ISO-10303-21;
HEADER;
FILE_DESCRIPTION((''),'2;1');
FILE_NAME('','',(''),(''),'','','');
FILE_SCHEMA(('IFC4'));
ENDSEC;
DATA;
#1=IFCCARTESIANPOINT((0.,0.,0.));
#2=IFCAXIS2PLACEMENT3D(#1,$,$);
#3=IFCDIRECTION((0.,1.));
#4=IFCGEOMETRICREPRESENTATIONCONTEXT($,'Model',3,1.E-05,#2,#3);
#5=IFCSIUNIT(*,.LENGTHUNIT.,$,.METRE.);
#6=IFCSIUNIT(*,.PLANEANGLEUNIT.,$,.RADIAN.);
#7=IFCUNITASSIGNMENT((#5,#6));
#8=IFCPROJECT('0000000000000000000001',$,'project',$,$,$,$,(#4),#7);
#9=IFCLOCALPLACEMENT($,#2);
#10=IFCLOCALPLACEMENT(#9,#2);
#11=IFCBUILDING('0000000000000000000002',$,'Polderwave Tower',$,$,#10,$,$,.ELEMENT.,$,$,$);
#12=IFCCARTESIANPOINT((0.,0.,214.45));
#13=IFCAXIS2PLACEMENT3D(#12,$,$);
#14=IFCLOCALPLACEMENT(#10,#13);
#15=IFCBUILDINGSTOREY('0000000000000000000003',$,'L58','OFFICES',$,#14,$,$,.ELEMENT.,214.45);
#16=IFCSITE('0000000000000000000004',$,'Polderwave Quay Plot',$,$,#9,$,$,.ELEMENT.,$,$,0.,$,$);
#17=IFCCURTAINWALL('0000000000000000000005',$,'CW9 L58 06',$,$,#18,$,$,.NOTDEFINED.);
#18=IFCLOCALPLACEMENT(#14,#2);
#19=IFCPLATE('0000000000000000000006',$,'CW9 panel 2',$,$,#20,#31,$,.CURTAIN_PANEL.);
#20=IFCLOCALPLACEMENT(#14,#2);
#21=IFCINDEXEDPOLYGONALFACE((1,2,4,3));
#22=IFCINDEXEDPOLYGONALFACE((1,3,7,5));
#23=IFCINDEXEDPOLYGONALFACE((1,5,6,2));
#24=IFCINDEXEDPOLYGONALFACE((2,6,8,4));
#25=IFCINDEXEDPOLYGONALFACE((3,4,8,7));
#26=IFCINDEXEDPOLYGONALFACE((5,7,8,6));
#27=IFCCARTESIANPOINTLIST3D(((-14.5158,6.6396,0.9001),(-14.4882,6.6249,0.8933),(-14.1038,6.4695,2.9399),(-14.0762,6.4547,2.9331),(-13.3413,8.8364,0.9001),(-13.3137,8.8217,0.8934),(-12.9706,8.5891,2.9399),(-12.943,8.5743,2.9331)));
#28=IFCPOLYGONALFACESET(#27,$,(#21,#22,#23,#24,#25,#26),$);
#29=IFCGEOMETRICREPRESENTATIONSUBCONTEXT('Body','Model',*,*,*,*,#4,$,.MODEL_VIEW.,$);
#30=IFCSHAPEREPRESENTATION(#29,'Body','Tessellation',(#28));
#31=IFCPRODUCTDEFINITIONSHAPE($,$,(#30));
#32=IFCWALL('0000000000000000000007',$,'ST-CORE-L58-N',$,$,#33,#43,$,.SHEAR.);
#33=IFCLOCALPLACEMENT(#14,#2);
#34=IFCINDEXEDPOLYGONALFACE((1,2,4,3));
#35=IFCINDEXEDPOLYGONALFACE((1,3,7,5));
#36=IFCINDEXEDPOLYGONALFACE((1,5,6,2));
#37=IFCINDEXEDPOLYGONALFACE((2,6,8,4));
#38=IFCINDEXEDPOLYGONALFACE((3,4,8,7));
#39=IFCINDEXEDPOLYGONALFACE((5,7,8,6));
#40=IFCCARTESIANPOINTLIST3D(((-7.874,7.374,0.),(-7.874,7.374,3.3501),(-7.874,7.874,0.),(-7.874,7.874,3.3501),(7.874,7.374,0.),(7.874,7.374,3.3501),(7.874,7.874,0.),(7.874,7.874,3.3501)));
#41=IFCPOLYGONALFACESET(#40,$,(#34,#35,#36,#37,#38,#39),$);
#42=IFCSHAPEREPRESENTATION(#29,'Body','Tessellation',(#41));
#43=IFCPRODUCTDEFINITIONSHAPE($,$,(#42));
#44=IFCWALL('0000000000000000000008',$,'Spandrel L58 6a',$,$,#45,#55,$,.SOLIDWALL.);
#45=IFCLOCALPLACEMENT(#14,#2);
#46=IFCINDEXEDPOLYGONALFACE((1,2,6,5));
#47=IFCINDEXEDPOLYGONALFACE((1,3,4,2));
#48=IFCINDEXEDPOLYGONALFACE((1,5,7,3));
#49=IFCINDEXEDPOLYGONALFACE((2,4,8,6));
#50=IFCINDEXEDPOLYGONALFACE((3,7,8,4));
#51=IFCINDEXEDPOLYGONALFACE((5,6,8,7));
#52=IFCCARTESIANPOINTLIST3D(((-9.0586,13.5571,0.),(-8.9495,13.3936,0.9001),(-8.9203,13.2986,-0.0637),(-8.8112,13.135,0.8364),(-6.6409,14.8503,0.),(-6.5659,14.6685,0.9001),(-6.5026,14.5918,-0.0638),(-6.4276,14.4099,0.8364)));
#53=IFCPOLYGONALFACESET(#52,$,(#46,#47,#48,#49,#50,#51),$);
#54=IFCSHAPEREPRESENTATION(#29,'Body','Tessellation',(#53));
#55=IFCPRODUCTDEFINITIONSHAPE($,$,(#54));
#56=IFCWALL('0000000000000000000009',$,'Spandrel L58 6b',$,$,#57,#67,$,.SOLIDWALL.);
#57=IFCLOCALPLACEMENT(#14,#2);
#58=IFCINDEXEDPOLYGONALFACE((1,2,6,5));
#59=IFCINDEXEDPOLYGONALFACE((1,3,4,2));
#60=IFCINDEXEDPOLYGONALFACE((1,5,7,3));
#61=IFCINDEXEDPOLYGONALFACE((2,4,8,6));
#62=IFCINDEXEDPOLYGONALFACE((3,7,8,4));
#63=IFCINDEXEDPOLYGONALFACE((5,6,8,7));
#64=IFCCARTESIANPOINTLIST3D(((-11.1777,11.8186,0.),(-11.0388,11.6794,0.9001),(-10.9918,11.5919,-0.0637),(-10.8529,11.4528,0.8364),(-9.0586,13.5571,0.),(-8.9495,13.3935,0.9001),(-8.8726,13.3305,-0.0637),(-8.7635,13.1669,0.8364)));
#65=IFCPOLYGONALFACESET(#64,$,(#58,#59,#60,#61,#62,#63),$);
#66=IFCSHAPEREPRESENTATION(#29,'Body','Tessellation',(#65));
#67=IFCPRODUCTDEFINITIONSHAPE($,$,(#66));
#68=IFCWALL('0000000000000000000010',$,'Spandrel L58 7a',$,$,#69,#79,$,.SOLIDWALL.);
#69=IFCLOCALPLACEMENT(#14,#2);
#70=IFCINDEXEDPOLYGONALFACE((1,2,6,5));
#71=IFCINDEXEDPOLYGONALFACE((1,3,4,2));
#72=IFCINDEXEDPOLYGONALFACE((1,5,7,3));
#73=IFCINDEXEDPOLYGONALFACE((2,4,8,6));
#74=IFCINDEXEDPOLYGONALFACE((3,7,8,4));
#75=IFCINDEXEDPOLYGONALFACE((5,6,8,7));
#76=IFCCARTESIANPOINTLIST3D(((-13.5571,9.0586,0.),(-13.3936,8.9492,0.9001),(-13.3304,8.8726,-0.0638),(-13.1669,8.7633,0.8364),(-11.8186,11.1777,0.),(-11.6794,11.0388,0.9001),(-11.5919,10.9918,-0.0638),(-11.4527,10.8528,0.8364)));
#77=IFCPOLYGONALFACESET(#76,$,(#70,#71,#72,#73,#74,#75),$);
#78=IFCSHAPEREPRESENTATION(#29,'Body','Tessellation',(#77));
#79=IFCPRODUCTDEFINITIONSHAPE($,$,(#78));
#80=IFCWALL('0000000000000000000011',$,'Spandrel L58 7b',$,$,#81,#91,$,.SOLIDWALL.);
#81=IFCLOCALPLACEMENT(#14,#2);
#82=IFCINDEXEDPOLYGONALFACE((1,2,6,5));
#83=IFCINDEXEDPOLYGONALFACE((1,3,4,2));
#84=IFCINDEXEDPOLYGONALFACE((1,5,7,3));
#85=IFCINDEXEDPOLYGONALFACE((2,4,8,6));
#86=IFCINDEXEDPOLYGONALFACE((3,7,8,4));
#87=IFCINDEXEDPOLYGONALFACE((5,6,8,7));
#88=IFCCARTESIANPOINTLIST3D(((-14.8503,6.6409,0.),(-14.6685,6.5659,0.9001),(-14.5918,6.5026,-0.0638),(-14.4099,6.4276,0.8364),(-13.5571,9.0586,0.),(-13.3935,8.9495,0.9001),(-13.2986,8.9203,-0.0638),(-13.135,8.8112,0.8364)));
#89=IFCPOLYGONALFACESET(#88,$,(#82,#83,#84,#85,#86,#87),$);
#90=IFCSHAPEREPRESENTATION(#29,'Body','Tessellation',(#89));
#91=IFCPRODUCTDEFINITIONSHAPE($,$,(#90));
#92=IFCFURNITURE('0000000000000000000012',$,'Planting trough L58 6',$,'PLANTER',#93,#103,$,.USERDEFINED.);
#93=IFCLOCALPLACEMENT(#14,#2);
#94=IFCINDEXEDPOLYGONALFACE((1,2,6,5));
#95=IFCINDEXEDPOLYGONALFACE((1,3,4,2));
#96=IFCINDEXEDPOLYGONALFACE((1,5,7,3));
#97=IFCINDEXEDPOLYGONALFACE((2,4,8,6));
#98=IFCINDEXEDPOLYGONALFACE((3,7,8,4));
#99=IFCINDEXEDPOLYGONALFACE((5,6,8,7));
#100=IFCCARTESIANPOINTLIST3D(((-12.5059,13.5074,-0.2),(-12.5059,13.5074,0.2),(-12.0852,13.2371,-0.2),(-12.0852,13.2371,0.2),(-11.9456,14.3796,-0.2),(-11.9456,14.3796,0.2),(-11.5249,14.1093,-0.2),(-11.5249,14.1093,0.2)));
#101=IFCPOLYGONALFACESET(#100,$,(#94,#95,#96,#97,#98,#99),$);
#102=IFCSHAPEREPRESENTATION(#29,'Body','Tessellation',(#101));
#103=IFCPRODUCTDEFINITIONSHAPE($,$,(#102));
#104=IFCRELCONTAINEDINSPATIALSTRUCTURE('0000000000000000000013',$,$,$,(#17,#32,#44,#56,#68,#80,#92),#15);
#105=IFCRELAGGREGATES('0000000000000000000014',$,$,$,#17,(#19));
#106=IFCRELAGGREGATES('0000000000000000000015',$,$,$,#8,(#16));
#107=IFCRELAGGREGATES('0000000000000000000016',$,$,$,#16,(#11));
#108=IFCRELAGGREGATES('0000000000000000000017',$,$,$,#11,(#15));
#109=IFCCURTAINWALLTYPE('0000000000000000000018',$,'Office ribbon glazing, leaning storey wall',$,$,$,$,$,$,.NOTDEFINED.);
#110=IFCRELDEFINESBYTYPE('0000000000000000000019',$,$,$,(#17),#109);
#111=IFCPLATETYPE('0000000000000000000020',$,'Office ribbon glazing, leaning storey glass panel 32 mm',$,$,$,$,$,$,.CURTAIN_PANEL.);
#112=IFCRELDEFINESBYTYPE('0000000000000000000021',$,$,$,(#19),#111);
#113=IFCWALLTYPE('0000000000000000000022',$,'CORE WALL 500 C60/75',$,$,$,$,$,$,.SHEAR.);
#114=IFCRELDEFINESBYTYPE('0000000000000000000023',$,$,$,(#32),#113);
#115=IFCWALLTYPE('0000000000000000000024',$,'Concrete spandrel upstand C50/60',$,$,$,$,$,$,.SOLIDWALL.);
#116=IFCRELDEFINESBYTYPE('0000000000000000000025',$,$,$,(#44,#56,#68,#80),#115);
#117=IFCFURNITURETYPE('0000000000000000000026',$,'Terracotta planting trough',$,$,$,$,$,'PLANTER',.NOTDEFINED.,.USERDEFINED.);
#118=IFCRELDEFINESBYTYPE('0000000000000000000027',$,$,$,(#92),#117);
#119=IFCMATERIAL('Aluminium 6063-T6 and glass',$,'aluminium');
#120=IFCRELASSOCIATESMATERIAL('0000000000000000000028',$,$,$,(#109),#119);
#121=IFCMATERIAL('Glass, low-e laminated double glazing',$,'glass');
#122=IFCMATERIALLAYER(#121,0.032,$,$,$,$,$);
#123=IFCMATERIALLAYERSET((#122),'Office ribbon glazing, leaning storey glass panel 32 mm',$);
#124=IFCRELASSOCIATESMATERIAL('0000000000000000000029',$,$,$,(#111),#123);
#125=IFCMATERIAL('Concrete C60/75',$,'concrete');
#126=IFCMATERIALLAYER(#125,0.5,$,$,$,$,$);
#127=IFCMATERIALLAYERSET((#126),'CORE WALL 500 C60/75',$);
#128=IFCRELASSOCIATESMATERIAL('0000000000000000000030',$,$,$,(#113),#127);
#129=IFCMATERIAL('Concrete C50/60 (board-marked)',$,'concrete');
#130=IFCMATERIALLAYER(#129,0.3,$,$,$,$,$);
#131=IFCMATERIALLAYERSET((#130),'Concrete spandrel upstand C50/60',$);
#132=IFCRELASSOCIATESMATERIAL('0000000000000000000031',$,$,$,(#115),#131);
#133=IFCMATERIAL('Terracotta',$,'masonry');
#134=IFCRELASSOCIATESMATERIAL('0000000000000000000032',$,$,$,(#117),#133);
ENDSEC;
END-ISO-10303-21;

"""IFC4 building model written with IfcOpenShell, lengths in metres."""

from ifc_helpers import new_model, si_unit, direction, frame, frame_2d, origin, origin_2d, place, context, subcontext, project, spatial, polyline, rectangle, outline, extrude, material, layer, layer_set, type_object, element, aggregate, save


model = new_model("IFC4")

# Units and contexts
model_context = context("Model", 3, precision=1e-05, world=origin(), true_north=direction((0.0, 1.0)))
body_context = subcontext(model_context, "Body", "Model", "MODEL_VIEW")
ifc_project = project(units=[si_unit("LENGTHUNIT", "METRE"), si_unit("PLANEANGLEUNIT", "RADIAN")], contexts=[model_context])

# Site, building, storey
site_placement = place(None, origin())
site = spatial("IfcSite", under=ifc_project, at=site_placement, Name="Polderwave Quay Plot", CompositionType="ELEMENT", RefElevation=0.0)
building_placement = place(site_placement, origin())
building = spatial("IfcBuilding", under=site, at=building_placement, Name="Polderwave Tower", CompositionType="ELEMENT")
storey_placement = place(building_placement, frame((0.0, 0.0, 214.45)))
storey = spatial("IfcBuildingStorey", under=building, at=storey_placement, Name="L58", Description="OFFICES", CompositionType="ELEMENT", Elevation=214.45)

# Shared definitions
ifc_material_1 = material(Name="Concrete C60/75", Category="concrete")

# Curtain wall
ifc_material_2 = material(Name="Aluminium 6063-T6 and glass", Category="aluminium")
curtain_wall_type = type_object("IfcCurtainWallType", Name="Office ribbon glazing, leaning storey wall", PredefinedType="NOTDEFINED", material=ifc_material_2)
curtain_wall_1_placement = place(storey_placement, origin())
curtain_wall_1 = element("IfcCurtainWall", 1, at=curtain_wall_1_placement, inside=storey, type_object=curtain_wall_type, Name="CW9 L58 06", PredefinedType="NOTDEFINED")

# Plate
ifc_material_3 = material(Name="Glass, low-e laminated double glazing", Category="glass")
ifc_layer_1 = layer(ifc_material_3, 0.032)
ifc_layer_set_1 = layer_set([ifc_layer_1], Name="Office ribbon glazing, leaning storey glass panel 32 mm")
plate_type = type_object("IfcPlateType", Name="Office ribbon glazing, leaning storey glass panel 32 mm", PredefinedType="CURTAIN_PANEL", material=ifc_layer_set_1)
plate_1_placement = place(storey_placement, frame((-13.3413, 8.8364, 0.9001), z_axis=(-0.861745, 0.460702, 0.212481), x_axis=(-0.47147, -0.881882, -0.00001)))
plate_1 = element("IfcPlate", 2, at=plate_1_placement, type_object=plate_type, Name="CW9 panel 2", PredefinedType="CURTAIN_PANEL", context=body_context, shape_type="SweptSolid", body=[
    extrude(outline(polyline([(0.0, 0.0), (2.4911, 0.0), (2.4468, 2.0875), (0.0434, 2.0874), (0.0, 0.0)])), origin(), (0.0, 0.0, -1.0), 0.032),
])
aggregate(curtain_wall_1, [plate_1])

# Walls
ifc_layer_2 = layer(ifc_material_1, 0.5)
ifc_layer_set_2 = layer_set([ifc_layer_2], Name="CORE WALL 500 C60/75")
wall_type_1 = type_object("IfcWallType", Name="CORE WALL 500 C60/75", PredefinedType="SHEAR", material=ifc_layer_set_2)
wall_1_placement = place(storey_placement, frame((-7.874, 7.624, 0.0), z_axis=(0.0, 0.0, 1.0), x_axis=(1.0, 0.0, 0.0)))
element("IfcWall", 3, at=wall_1_placement, inside=storey, type_object=wall_type_1, Name="ST-CORE-L58-N", PredefinedType="SHEAR", context=body_context, shape_type="SweptSolid", body=[
    extrude(rectangle(XDim=15.748, YDim=0.5, at=frame_2d((7.874, 0.0))), origin(), (0.0, 0.0, 1.0), 3.3501),
])
ifc_material_4 = material(Name="Concrete C50/60 (board-marked)", Category="concrete")
ifc_layer_3 = layer(ifc_material_4, 0.3)
ifc_layer_set_3 = layer_set([ifc_layer_3], Name="Concrete spandrel upstand C50/60")
wall_type_2 = type_object("IfcWallType", Name="Concrete spandrel upstand C50/60", PredefinedType="SOLIDWALL", material=ifc_layer_set_3)
wall_2_placement = place(storey_placement, frame((-6.6409, 14.8503, 0.0), z_axis=(-0.460883, 0.861652, 0.212469), x_axis=(-0.881785, -0.471652, 0.000001)))
element("IfcWall", 4, at=wall_2_placement, inside=storey, type_object=wall_type_2, Name="Spandrel L58 6a", PredefinedType="SOLIDWALL", context=body_context, shape_type="SweptSolid", body=[
    extrude(outline(polyline([(0.0, 0.0), (2.7419, 0.0), (2.7228, 0.9212), (0.0197, 0.9212), (0.0, 0.0)])), origin(), (0.0, 0.0, -1.0), 0.3),
])
wall_3_placement = place(storey_placement, frame((-9.0586, 13.5571, 0.0), z_axis=(-0.619786, 0.755471, 0.212434), x_axis=(-0.773117, -0.634263, -0.000001)))
element("IfcWall", 5, at=wall_3_placement, inside=storey, type_object=wall_type_2, Name="Spandrel L58 6b", PredefinedType="SOLIDWALL", context=body_context, shape_type="SweptSolid", body=[
    extrude(outline(polyline([(0.0, 0.0), (2.741, 0.0), (2.7219, 0.9212), (0.0194, 0.9212), (0.0, 0.0)])), origin(), (0.0, 0.0, -1.0), 0.3),
])
wall_4_placement = place(storey_placement, frame((-11.8186, 11.1777, 0.0), z_axis=(-0.755475, 0.619754, 0.212514), x_axis=(-0.634242, -0.773135, -0.000005)))
element("IfcWall", 6, at=wall_4_placement, inside=storey, type_object=wall_type_2, Name="Spandrel L58 7a", PredefinedType="SOLIDWALL", context=body_context, shape_type="SweptSolid", body=[
    extrude(outline(polyline([(0.0, 0.0), (2.741, 0.0), (2.7218, 0.9212), (0.0191, 0.9212), (0.0, 0.0)])), origin(), (0.0, 0.0, -1.0), 0.3),
])
wall_5_placement = place(storey_placement, frame((-13.5571, 9.0586, 0.0), z_axis=(-0.861652, 0.460883, 0.212469), x_axis=(-0.471652, -0.881785, -0.000001)))
element("IfcWall", 7, at=wall_5_placement, inside=storey, type_object=wall_type_2, Name="Spandrel L58 7b", PredefinedType="SOLIDWALL", context=body_context, shape_type="SweptSolid", body=[
    extrude(outline(polyline([(0.0, 0.0), (2.7419, 0.0), (2.7222, 0.9212), (0.0191, 0.9212), (0.0, 0.0)])), origin(), (0.0, 0.0, -1.0), 0.3),
])

# Furniture
ifc_material_5 = material(Name="Terracotta", Category="masonry")
furniture_type = type_object("IfcFurnitureType", Name="Terracotta planting trough", ElementType="PLANTER", AssemblyPlace="NOTDEFINED", PredefinedType="USERDEFINED", material=ifc_material_5)
furniture_placement = place(storey_placement, frame((-12.0154, 13.8083, -0.2), z_axis=(0.0, 0.0, 1.0), x_axis=(-0.540471, -0.841363, 0.0)))
element("IfcFurniture", 8, at=furniture_placement, inside=storey, type_object=furniture_type, Name="Planting trough L58 6", ObjectType="PLANTER", PredefinedType="USERDEFINED", context=body_context, shape_type="SweptSolid", body=[
    extrude(rectangle(XDim=1.0366, YDim=0.5, at=origin_2d()), origin(), (0.0, 0.0, 1.0), 0.3999),
])

save(model, "model.ifc")
